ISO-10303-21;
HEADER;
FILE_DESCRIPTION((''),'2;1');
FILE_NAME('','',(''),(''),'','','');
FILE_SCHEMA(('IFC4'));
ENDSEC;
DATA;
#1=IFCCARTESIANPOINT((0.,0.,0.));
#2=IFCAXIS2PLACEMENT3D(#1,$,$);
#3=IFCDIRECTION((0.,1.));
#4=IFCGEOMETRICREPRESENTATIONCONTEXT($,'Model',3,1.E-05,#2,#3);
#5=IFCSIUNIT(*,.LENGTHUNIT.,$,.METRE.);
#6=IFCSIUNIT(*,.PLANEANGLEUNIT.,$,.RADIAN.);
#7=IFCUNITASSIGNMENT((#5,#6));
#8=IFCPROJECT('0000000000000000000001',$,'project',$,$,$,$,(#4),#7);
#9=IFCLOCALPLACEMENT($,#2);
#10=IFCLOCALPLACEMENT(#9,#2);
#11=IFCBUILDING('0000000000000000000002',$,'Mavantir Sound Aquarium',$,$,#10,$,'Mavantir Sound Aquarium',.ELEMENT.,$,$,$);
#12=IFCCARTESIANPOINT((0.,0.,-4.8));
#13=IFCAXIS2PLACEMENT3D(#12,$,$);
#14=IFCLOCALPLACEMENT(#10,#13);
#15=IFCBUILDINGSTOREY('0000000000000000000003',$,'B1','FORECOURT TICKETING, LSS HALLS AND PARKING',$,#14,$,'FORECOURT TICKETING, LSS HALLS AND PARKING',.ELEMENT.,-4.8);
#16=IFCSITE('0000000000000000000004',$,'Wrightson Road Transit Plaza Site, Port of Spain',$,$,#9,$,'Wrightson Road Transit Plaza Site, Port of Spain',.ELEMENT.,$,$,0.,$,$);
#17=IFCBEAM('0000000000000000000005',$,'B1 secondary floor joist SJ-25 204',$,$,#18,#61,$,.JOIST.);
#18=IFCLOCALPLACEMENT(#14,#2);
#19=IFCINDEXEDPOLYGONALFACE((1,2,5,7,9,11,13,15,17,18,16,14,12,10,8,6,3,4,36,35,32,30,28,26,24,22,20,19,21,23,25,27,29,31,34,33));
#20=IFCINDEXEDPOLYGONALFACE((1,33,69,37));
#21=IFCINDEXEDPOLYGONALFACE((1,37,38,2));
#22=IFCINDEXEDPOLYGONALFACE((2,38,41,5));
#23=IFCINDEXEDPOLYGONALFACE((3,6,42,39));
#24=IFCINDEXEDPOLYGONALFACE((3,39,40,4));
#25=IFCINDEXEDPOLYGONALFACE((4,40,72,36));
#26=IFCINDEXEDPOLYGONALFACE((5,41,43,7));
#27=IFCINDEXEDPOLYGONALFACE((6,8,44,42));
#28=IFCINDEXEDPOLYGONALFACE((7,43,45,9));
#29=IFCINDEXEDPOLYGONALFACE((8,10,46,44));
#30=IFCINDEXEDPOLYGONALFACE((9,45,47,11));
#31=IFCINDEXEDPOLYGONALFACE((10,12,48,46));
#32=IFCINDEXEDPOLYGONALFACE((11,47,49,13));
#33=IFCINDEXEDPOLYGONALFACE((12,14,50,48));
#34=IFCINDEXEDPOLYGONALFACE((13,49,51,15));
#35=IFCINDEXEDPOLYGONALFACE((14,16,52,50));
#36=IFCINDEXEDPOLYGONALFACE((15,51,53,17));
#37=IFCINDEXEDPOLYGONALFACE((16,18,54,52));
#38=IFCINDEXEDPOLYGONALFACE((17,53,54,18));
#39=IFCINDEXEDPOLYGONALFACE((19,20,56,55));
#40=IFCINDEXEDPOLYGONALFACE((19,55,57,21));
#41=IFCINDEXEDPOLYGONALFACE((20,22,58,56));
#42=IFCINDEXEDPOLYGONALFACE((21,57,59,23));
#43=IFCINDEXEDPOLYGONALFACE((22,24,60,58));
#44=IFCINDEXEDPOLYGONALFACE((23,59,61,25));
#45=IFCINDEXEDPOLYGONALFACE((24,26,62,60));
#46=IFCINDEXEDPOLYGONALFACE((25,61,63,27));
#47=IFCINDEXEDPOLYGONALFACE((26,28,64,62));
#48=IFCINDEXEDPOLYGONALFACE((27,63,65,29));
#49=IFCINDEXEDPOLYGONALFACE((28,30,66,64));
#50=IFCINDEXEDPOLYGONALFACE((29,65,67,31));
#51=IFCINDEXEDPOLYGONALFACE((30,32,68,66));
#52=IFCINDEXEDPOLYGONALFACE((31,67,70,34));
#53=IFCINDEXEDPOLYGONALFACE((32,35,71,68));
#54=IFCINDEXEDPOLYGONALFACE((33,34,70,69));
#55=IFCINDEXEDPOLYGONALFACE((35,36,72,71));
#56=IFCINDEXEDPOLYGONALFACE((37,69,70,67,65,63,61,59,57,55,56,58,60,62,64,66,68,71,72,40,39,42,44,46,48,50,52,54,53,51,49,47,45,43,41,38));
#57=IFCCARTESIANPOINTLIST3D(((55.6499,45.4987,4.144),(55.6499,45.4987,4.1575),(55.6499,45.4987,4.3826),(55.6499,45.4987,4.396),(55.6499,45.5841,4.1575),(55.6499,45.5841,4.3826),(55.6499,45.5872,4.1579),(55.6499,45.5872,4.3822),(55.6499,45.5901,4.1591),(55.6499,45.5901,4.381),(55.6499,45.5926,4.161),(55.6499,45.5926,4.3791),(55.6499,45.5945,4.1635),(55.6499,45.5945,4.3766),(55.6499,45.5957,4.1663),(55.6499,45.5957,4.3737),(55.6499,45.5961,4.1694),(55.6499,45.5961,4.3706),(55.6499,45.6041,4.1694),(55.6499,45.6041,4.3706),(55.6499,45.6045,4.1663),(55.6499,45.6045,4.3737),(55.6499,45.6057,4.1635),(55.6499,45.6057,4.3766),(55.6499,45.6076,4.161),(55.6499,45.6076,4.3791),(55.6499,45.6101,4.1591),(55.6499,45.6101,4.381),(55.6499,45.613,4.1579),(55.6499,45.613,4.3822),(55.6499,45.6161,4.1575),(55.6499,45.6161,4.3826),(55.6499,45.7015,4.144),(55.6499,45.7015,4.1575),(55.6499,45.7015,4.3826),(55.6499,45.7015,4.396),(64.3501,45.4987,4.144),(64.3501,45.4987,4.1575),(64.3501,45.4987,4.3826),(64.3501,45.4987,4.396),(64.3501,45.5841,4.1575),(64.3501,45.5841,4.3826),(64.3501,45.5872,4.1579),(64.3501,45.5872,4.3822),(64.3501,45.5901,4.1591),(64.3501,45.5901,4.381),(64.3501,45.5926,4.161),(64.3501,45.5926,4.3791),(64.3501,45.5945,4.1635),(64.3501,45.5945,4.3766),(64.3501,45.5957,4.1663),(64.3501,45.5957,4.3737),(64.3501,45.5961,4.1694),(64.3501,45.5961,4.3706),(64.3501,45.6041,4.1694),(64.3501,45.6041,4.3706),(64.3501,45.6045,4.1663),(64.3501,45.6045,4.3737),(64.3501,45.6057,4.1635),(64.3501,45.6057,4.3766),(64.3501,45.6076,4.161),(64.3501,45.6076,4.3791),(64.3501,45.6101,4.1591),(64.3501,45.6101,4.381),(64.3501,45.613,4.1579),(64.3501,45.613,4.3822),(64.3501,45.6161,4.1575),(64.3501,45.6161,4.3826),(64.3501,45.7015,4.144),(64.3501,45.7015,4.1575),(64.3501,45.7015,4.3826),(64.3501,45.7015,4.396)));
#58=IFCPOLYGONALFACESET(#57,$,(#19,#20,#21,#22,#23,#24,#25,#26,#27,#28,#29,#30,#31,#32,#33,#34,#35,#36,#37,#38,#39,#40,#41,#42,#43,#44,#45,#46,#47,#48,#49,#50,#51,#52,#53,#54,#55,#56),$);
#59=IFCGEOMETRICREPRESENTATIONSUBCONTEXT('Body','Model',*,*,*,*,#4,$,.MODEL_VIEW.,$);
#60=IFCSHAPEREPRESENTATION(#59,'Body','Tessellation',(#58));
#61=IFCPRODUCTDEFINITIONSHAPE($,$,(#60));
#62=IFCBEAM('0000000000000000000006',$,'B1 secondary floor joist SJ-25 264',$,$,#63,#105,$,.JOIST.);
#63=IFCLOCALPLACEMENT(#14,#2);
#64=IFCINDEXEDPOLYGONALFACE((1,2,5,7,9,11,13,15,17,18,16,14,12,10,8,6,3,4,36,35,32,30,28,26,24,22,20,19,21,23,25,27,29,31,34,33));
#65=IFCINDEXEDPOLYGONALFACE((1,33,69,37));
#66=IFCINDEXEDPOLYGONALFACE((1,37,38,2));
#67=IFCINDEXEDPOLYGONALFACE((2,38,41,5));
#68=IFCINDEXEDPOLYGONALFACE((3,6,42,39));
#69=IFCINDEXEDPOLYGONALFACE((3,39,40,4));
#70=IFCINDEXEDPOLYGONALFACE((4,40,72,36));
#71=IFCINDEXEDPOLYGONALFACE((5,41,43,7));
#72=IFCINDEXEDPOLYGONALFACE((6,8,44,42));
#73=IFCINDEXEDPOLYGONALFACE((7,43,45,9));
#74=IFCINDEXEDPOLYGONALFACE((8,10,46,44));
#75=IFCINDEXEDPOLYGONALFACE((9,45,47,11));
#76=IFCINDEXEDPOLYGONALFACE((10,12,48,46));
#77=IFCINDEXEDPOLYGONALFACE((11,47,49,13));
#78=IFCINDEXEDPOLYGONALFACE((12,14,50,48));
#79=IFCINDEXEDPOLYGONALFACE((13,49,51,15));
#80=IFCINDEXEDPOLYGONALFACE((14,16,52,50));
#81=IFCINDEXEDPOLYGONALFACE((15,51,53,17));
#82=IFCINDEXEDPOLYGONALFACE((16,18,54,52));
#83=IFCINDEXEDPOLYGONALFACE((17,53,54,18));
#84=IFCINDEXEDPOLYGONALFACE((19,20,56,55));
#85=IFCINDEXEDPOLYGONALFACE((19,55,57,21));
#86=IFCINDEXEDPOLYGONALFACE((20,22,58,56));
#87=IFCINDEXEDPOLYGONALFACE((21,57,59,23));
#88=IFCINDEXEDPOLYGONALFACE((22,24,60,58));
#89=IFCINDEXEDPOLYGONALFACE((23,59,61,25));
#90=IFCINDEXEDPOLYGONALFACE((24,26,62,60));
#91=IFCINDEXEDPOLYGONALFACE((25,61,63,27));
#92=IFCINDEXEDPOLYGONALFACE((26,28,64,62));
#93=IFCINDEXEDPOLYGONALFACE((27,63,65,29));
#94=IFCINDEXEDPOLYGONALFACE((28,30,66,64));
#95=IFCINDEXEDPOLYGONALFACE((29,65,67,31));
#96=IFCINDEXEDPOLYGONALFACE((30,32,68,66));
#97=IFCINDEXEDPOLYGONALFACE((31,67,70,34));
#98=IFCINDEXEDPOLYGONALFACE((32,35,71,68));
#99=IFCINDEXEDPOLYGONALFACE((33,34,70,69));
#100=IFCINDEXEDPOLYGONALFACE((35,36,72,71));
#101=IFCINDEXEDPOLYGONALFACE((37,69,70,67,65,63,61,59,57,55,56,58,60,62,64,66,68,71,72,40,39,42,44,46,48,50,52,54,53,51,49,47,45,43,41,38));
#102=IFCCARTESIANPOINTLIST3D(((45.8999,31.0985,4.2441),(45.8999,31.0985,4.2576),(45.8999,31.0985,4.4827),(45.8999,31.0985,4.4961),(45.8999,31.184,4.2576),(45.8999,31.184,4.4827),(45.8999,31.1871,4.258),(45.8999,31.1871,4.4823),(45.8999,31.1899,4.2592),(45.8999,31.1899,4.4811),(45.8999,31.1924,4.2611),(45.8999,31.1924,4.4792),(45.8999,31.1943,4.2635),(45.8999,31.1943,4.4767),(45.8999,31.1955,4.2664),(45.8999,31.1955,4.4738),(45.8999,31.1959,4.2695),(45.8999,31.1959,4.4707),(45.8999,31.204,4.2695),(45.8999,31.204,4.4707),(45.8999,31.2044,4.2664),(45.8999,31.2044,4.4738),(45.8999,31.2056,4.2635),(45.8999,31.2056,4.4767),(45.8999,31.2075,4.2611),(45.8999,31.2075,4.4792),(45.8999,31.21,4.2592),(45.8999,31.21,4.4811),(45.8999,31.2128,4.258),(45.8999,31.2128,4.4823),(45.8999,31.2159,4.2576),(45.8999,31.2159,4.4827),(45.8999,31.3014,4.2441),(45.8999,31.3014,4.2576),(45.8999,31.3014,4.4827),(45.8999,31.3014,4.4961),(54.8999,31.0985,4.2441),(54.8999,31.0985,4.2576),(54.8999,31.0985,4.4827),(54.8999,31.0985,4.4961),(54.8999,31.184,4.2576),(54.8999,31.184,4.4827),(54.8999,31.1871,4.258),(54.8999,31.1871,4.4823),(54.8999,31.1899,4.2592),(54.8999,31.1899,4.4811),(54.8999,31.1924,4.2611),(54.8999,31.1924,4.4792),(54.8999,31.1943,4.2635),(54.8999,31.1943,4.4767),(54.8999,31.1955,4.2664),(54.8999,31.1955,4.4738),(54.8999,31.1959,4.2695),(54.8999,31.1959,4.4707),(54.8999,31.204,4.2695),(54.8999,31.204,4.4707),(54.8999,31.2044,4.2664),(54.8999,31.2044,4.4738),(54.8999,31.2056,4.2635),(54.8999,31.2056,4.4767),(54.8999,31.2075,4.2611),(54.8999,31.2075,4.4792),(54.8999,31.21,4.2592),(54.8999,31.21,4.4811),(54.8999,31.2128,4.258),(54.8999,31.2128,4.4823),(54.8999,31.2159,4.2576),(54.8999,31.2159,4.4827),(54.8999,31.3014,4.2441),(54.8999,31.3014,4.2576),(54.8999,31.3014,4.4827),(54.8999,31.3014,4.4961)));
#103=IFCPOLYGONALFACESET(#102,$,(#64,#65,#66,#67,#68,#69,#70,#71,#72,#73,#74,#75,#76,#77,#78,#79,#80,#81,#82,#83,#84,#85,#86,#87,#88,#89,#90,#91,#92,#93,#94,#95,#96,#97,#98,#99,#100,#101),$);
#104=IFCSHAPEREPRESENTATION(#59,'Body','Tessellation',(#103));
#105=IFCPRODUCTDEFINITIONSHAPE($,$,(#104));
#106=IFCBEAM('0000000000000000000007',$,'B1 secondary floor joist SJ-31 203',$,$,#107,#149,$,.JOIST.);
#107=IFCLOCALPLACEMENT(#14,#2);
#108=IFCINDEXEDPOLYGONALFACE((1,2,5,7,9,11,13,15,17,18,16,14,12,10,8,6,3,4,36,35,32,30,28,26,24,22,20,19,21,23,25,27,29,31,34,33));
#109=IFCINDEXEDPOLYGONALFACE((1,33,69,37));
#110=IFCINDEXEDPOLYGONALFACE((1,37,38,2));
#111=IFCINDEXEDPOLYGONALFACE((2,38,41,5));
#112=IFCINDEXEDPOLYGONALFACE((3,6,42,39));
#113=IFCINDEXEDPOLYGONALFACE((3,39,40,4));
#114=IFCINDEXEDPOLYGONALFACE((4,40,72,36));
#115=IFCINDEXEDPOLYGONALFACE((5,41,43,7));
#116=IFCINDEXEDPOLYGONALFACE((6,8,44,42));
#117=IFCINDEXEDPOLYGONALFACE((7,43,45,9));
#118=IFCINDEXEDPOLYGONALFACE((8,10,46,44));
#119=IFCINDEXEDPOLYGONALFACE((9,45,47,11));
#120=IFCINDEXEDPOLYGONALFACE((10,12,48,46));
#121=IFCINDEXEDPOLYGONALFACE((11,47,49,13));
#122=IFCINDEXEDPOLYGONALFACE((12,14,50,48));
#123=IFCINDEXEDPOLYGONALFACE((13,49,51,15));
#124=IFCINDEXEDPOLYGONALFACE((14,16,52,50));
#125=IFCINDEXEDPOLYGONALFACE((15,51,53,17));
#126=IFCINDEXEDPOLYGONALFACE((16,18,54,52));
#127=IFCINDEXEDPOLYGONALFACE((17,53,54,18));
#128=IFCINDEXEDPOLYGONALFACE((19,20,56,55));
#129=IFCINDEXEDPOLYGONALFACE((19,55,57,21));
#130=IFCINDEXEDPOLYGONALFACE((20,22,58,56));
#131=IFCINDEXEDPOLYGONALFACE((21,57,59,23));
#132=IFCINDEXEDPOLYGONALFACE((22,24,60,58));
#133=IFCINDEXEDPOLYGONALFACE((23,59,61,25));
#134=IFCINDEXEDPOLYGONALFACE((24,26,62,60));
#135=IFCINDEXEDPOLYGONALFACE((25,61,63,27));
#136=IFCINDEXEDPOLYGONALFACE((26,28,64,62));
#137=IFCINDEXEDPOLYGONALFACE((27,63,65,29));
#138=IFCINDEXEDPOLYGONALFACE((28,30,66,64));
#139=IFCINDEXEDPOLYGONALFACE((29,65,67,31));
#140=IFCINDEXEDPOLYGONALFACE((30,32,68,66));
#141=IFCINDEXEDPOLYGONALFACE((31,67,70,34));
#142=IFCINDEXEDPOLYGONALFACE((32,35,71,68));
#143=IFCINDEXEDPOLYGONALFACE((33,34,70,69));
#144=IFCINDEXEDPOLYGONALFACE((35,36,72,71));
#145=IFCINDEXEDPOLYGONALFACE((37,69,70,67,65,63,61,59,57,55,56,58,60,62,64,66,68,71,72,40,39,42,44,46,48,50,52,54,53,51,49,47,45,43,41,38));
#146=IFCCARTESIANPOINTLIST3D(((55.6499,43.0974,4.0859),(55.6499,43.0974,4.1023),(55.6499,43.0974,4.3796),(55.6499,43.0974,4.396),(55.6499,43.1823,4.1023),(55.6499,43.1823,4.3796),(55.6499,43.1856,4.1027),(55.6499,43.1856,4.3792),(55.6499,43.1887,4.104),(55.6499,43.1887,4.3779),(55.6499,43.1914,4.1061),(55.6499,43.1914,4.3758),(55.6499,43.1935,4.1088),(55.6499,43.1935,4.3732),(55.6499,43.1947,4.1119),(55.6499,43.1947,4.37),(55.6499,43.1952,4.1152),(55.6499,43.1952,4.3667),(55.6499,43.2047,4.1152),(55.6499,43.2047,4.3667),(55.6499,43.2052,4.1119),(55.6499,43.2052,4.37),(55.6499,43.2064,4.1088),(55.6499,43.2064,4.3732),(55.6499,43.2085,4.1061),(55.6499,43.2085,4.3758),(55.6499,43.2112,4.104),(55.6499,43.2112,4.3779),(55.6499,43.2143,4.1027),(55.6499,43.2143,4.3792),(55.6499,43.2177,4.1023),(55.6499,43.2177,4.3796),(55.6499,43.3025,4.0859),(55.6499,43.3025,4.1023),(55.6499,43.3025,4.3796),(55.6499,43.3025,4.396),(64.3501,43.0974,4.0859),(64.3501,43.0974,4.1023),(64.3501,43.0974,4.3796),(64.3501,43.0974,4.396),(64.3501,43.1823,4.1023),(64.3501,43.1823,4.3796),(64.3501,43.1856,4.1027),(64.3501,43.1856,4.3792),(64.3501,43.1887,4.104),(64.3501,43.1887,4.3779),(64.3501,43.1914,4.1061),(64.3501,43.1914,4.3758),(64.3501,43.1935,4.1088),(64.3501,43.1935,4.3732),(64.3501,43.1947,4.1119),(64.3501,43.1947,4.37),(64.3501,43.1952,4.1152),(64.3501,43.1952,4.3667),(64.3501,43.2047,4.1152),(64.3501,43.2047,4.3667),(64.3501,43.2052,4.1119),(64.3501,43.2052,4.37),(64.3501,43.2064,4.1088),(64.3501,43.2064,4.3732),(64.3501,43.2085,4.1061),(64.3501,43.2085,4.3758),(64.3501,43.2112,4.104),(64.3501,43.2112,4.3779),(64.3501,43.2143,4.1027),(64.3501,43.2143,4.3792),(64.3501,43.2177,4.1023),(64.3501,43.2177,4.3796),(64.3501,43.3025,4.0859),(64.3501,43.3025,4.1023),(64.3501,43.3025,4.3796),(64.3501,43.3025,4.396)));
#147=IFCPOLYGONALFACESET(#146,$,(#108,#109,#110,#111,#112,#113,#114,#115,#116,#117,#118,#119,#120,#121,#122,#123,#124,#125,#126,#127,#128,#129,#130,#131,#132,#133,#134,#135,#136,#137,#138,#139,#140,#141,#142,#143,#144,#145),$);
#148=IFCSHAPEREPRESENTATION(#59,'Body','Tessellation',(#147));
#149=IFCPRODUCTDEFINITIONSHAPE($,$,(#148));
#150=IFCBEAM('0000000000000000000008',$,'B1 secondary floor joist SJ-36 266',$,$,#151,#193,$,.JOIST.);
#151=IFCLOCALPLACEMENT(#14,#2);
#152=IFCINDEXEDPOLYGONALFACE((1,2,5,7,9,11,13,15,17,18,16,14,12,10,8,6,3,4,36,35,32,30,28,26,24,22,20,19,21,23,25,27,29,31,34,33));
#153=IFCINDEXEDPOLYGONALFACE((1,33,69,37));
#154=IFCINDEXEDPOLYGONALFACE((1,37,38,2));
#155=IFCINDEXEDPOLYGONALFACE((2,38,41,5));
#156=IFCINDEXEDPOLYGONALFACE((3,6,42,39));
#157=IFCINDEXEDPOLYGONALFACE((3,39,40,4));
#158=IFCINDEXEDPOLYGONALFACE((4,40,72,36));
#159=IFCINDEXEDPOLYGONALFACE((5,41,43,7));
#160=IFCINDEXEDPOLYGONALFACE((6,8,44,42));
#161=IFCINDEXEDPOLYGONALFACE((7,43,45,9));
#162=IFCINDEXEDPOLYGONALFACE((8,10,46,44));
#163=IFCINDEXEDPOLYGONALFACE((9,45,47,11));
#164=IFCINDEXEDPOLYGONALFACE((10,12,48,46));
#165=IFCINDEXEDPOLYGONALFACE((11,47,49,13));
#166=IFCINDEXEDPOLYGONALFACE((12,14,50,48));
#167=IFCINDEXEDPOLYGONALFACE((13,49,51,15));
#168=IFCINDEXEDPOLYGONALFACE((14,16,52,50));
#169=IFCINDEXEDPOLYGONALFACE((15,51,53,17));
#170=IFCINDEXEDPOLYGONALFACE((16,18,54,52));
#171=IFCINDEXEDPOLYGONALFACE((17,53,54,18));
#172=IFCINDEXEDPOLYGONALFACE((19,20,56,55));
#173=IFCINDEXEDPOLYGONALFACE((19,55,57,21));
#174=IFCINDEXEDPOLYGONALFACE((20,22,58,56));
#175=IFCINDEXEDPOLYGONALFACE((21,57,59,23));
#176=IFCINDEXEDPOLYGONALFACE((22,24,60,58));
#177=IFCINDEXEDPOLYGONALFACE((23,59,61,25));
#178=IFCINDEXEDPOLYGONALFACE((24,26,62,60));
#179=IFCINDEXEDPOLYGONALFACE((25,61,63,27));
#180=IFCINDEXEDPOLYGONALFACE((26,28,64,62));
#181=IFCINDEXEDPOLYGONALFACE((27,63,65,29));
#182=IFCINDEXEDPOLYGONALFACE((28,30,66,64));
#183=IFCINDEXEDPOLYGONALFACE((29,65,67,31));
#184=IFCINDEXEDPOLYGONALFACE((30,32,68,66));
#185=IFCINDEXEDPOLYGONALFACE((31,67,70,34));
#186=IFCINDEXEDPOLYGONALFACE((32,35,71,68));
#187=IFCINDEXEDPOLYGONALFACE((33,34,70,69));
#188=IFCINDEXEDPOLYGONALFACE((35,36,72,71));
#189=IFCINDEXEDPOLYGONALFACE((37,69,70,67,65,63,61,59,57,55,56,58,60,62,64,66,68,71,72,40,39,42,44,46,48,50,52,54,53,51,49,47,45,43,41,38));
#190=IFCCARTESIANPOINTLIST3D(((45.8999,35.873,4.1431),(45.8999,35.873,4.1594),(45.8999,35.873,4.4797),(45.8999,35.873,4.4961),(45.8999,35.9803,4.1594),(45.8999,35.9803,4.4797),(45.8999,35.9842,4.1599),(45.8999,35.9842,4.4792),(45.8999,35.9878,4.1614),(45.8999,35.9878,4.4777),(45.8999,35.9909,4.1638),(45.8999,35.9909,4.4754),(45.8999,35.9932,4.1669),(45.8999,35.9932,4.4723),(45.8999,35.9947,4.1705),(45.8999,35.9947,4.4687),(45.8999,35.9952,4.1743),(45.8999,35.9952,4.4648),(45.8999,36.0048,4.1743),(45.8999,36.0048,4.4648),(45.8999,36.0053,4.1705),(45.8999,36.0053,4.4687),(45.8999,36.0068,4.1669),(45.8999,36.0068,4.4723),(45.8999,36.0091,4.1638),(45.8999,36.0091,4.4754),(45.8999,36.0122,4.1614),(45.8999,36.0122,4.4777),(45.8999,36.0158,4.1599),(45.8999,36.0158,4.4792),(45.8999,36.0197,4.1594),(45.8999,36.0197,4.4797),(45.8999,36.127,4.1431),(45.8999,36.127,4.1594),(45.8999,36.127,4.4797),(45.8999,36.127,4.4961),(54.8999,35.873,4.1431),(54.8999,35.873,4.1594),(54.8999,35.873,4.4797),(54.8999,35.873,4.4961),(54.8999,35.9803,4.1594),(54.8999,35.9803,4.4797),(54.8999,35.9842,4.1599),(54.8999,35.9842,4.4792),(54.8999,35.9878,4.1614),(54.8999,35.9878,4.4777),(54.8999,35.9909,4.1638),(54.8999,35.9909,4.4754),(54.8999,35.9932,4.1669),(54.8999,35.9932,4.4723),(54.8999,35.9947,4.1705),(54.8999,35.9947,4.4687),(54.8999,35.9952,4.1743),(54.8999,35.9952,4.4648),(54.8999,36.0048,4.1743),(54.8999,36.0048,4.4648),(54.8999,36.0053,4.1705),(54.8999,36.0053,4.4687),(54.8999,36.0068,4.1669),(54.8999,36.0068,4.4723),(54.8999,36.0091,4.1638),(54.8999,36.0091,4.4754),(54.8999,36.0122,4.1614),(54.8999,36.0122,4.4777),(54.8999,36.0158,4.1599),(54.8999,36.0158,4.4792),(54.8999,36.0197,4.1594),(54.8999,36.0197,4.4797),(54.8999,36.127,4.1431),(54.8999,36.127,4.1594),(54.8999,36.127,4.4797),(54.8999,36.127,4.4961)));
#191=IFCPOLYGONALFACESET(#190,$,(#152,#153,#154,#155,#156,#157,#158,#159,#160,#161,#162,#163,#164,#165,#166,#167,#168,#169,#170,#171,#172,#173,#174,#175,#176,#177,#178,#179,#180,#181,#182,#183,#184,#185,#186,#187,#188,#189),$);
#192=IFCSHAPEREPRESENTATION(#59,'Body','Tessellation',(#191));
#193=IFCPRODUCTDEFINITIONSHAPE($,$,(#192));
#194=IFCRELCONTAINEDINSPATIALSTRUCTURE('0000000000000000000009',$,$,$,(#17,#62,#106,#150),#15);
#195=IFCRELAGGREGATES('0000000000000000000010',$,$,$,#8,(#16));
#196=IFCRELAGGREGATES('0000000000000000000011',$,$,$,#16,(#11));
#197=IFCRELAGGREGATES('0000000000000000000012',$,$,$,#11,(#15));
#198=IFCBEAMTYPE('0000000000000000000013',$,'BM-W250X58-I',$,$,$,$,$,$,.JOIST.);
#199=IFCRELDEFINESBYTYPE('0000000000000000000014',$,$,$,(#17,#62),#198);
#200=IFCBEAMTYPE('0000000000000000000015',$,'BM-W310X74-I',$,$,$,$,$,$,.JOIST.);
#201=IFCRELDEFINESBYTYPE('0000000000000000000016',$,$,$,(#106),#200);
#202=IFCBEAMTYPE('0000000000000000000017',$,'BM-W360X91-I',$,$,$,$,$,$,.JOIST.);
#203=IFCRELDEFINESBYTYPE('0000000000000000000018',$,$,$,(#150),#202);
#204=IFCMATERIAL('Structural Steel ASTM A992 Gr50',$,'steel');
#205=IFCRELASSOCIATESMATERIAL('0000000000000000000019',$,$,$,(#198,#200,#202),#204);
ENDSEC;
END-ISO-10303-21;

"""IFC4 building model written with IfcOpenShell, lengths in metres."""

from ifc_helpers import new_model, si_unit, direction, frame, origin, origin_2d, place, context, subcontext, project, spatial, i_section, extrude, material, material_profile, profile_set, type_object, element, save


model = new_model("IFC4")

# Units and contexts
model_context = context("Model", 3, precision=1e-05, world=origin(), true_north=direction((0.0, 1.0)))
body_context = subcontext(model_context, "Body", "Model", "MODEL_VIEW")
ifc_project = project(units=[si_unit("LENGTHUNIT", "METRE"), si_unit("PLANEANGLEUNIT", "RADIAN")], contexts=[model_context])

# Site, building, storey
site_placement = place(None, origin())
site = spatial("IfcSite", under=ifc_project, at=site_placement, Name="Wrightson Road Transit Plaza Site, Port of Spain", LongName="Wrightson Road Transit Plaza Site, Port of Spain", CompositionType="ELEMENT", RefElevation=0.0)
building_placement = place(site_placement, origin())
building = spatial("IfcBuilding", under=site, at=building_placement, Name="Mavantir Sound Aquarium", LongName="Mavantir Sound Aquarium", CompositionType="ELEMENT")
storey_placement = place(building_placement, frame((0.0, 0.0, -4.8)))
storey = spatial("IfcBuildingStorey", under=building, at=storey_placement, Name="B1", Description="FORECOURT TICKETING, LSS HALLS AND PARKING", LongName="FORECOURT TICKETING, LSS HALLS AND PARKING", CompositionType="ELEMENT", Elevation=-4.8)

# Beams
ifc_material_1 = material(Name="Structural Steel ASTM A992 Gr50", Category="steel")
ifc_material_profile_1 = material_profile(ifc_material_1, i_section(OverallWidth=0.2029, OverallDepth=0.252, WebThickness=0.0081, FlangeThickness=0.0134, FilletRadius=0.012, at=origin_2d()), Name="W250X58")
ifc_profile_set_1 = profile_set([ifc_material_profile_1], Name="Structural Steel ASTM A992 Gr50")
beam_type_1 = type_object("IfcBeamType", Name="BM-W250X58-I", PredefinedType="JOIST", material=ifc_profile_set_1)
beam_1_placement = place(storey_placement, frame((55.6499, 45.6001, 4.27), z_axis=(1.0, 0.0, 0.0), x_axis=(0.0, 1.0, 0.0)))
element("IfcBeam", 1, at=beam_1_placement, inside=storey, type_object=beam_type_1, Name="B1 secondary floor joist SJ-25 204", PredefinedType="JOIST", context=body_context, shape_type="SweptSolid", body=[
    extrude(i_section(OverallWidth=0.2029, OverallDepth=0.252, WebThickness=0.0081, FlangeThickness=0.0134, FilletRadius=0.012, at=origin_2d()), origin(), (0.0, 0.0, 1.0), 8.7002),
])
beam_2_placement = place(storey_placement, frame((45.8999, 31.2, 4.3701), z_axis=(1.0, 0.0, 0.0), x_axis=(0.0, 1.0, 0.0)))
element("IfcBeam", 2, at=beam_2_placement, inside=storey, type_object=beam_type_1, Name="B1 secondary floor joist SJ-25 264", PredefinedType="JOIST", context=body_context, shape_type="SweptSolid", body=[
    extrude(i_section(OverallWidth=0.2029, OverallDepth=0.252, WebThickness=0.0081, FlangeThickness=0.0134, FilletRadius=0.012, at=origin_2d()), origin(), (0.0, 0.0, 1.0), 9.0),
])
ifc_material_profile_2 = material_profile(ifc_material_1, i_section(OverallWidth=0.2051, OverallDepth=0.3101, WebThickness=0.0095, FlangeThickness=0.0164, FilletRadius=0.0129, at=origin_2d()), Name="W310X74")
ifc_profile_set_2 = profile_set([ifc_material_profile_2], Name="Structural Steel ASTM A992 Gr50")
beam_type_2 = type_object("IfcBeamType", Name="BM-W310X74-I", PredefinedType="JOIST", material=ifc_profile_set_2)
beam_3_placement = place(storey_placement, frame((55.6499, 43.2, 4.241), z_axis=(1.0, 0.0, 0.0), x_axis=(0.0, 1.0, 0.0)))
element("IfcBeam", 3, at=beam_3_placement, inside=storey, type_object=beam_type_2, Name="B1 secondary floor joist SJ-31 203", PredefinedType="JOIST", context=body_context, shape_type="SweptSolid", body=[
    extrude(i_section(OverallWidth=0.2051, OverallDepth=0.3101, WebThickness=0.0095, FlangeThickness=0.0164, FilletRadius=0.0129, at=origin_2d()), origin(), (0.0, 0.0, 1.0), 8.7002),
])
ifc_material_profile_3 = material_profile(ifc_material_1, i_section(OverallWidth=0.2539, OverallDepth=0.353, WebThickness=0.0095, FlangeThickness=0.0164, FilletRadius=0.0149, at=origin_2d()), Name="W360X91")
ifc_profile_set_3 = profile_set([ifc_material_profile_3], Name="Structural Steel ASTM A992 Gr50")
beam_type_3 = type_object("IfcBeamType", Name="BM-W360X91-I", PredefinedType="JOIST", material=ifc_profile_set_3)
beam_4_placement = place(storey_placement, frame((45.8999, 36.0, 4.3196), z_axis=(1.0, 0.0, 0.0), x_axis=(0.0, 1.0, 0.0)))
element("IfcBeam", 4, at=beam_4_placement, inside=storey, type_object=beam_type_3, Name="B1 secondary floor joist SJ-36 266", PredefinedType="JOIST", context=body_context, shape_type="SweptSolid", body=[
    extrude(i_section(OverallWidth=0.2539, OverallDepth=0.353, WebThickness=0.0095, FlangeThickness=0.0164, FilletRadius=0.0149, at=origin_2d()), origin(), (0.0, 0.0, 1.0), 9.0),
])

save(model, "model.ifc")
